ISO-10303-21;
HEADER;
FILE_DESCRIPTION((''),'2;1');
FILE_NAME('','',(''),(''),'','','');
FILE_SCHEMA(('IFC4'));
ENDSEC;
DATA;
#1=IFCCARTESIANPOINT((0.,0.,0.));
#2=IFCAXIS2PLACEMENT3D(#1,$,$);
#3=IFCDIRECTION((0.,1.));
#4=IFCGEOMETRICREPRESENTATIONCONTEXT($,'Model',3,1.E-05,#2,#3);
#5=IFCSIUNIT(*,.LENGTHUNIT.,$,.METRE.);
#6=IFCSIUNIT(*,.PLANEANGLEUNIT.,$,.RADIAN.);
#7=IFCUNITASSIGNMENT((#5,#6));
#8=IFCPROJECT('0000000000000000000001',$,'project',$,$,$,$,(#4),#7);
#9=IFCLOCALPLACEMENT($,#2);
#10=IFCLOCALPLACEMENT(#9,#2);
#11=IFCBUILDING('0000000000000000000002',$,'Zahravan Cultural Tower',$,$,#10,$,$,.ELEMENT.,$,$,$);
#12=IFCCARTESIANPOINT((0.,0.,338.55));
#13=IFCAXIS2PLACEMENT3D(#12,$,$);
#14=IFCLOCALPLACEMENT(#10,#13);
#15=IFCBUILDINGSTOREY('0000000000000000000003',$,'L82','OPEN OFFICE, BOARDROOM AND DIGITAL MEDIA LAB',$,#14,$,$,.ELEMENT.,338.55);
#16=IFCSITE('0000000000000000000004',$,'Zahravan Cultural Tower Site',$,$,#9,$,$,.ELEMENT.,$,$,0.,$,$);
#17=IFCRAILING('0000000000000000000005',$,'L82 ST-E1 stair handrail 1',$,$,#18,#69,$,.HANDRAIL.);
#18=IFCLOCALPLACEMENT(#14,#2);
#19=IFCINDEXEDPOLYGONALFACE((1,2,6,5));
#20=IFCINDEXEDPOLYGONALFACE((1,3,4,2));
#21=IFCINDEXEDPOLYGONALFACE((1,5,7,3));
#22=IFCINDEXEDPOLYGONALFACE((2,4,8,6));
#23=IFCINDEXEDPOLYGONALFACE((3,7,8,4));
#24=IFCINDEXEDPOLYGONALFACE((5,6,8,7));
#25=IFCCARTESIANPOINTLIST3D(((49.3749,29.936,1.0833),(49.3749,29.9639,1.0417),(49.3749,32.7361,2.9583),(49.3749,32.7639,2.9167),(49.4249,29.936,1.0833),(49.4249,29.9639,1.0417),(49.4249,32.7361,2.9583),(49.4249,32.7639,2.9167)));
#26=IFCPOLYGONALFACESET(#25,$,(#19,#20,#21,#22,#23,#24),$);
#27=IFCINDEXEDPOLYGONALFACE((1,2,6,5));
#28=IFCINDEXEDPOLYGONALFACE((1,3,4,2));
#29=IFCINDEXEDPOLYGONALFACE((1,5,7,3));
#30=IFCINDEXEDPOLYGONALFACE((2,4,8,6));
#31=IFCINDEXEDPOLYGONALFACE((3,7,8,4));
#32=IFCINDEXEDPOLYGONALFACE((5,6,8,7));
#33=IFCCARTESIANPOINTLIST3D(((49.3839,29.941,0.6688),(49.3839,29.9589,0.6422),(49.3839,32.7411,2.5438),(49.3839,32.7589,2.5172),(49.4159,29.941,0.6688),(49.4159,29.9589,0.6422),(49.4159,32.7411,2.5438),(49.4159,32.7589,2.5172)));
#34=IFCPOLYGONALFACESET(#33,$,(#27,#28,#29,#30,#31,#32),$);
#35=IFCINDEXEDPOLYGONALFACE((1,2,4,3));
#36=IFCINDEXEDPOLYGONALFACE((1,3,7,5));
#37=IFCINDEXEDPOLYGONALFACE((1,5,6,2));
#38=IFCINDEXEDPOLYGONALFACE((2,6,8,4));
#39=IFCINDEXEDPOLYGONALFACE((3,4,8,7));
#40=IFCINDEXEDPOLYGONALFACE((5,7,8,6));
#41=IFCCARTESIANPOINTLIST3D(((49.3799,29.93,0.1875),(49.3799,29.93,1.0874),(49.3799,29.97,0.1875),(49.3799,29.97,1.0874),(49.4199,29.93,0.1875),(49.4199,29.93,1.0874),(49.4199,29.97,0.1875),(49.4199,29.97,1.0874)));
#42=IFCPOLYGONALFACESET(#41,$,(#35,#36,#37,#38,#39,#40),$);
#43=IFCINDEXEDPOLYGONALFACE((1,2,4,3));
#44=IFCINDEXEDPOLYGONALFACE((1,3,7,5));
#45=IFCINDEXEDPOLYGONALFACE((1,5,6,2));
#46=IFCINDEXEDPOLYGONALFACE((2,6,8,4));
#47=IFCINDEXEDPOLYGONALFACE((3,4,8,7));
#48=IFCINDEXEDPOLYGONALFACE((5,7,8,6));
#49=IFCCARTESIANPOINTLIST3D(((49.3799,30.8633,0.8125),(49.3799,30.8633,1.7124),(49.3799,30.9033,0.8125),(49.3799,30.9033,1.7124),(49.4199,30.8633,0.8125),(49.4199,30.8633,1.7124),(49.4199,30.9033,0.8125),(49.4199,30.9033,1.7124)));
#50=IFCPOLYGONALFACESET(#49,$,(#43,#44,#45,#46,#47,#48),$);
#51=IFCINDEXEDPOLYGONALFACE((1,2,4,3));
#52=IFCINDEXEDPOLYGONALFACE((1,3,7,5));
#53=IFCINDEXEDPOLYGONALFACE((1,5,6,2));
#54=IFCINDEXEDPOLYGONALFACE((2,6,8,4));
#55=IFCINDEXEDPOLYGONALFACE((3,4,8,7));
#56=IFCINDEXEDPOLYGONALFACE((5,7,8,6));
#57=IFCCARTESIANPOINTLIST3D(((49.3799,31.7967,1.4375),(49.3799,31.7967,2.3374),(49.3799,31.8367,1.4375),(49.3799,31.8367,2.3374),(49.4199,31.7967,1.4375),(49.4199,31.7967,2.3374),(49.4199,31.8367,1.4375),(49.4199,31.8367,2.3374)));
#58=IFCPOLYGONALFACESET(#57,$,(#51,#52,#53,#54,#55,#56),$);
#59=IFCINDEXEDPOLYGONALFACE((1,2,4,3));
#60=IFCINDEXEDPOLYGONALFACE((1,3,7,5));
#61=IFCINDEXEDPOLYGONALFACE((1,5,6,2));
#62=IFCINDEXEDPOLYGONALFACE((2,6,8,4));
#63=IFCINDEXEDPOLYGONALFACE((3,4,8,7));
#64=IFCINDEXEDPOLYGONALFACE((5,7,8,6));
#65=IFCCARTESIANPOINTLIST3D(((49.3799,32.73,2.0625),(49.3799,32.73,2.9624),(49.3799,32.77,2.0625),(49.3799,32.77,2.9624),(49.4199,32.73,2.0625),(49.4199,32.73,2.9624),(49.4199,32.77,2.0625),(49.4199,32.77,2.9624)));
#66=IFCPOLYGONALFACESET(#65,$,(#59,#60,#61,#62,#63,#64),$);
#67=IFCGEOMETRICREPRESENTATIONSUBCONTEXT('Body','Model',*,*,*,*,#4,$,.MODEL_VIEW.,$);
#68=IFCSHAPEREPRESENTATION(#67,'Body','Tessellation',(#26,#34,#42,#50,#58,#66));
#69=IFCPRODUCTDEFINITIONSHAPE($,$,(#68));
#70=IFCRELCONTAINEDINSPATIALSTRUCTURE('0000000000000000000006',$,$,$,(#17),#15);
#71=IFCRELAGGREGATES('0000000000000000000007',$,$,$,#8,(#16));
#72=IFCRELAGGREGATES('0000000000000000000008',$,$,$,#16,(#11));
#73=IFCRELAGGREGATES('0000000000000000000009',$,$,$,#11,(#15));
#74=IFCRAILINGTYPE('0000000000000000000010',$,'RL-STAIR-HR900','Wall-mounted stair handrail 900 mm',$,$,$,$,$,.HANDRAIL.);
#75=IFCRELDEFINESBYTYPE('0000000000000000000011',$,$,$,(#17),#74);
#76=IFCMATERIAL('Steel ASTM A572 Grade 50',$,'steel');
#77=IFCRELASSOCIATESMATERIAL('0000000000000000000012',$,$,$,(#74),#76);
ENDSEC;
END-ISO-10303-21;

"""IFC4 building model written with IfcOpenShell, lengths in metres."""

from ifc_helpers import new_model, si_unit, direction, frame, origin, origin_2d, place, context, subcontext, project, spatial, rectangle, extrude, material, type_object, element, save


model = new_model("IFC4")

# Units and contexts
model_context = context("Model", 3, precision=1e-05, world=origin(), true_north=direction((0.0, 1.0)))
body_context = subcontext(model_context, "Body", "Model", "MODEL_VIEW")
ifc_project = project(units=[si_unit("LENGTHUNIT", "METRE"), si_unit("PLANEANGLEUNIT", "RADIAN")], contexts=[model_context])

# Site, building, storey
site_placement = place(None, origin())
site = spatial("IfcSite", under=ifc_project, at=site_placement, Name="Zahravan Cultural Tower Site", CompositionType="ELEMENT", RefElevation=0.0)
building_placement = place(site_placement, origin())
building = spatial("IfcBuilding", under=site, at=building_placement, Name="Zahravan Cultural Tower", CompositionType="ELEMENT")
storey_placement = place(building_placement, frame((0.0, 0.0, 338.55)))
storey = spatial("IfcBuildingStorey", under=building, at=storey_placement, Name="L82", Description="OPEN OFFICE, BOARDROOM AND DIGITAL MEDIA LAB", CompositionType="ELEMENT", Elevation=338.55)

# Railing
ifc_material_1 = material(Name="Steel ASTM A572 Grade 50", Category="steel")
railing_type_1 = type_object("IfcRailingType", Name="RL-STAIR-HR900", Description="Wall-mounted stair handrail 900 mm", PredefinedType="HANDRAIL", material=ifc_material_1)
railing_1_placement = place(storey_placement, frame((49.3999, 29.95, 0.1875)))
element("IfcRailing", 1, at=railing_1_placement, inside=storey, type_object=railing_type_1, Name="L82 ST-E1 stair handrail 1", PredefinedType="HANDRAIL", context=body_context, shape_type="SweptSolid", body=[
    extrude(rectangle(XDim=0.05, YDim=0.05, at=origin_2d()), frame((0.0, 0.0, 0.875), z_axis=(0.0, 0.830912, 0.556404), x_axis=(-1.0, 0.0, 0.0)), (0.0, 0.0, 1.0), 3.3699),
    extrude(rectangle(XDim=0.032, YDim=0.032, at=origin_2d()), frame((0.0, 0.0, 0.468), z_axis=(0.0, 0.830912, 0.556404), x_axis=(-1.0, 0.0, 0.0)), (0.0, 0.0, 1.0), 3.3699),
    extrude(rectangle(XDim=0.04, YDim=0.04, at=origin_2d()), origin(), (0.0, 0.0, 1.0), 0.8999),
    extrude(rectangle(XDim=0.04, YDim=0.04, at=origin_2d()), frame((0.0, 0.9333, 0.625)), (0.0, 0.0, 1.0), 0.8999),
    extrude(rectangle(XDim=0.04, YDim=0.04, at=origin_2d()), frame((0.0, 1.8667, 1.25)), (0.0, 0.0, 1.0), 0.8999),
    extrude(rectangle(XDim=0.04, YDim=0.04, at=origin_2d()), frame((0.0, 2.8, 1.875)), (0.0, 0.0, 1.0), 0.8999),
])

save(model, "model.ifc")
